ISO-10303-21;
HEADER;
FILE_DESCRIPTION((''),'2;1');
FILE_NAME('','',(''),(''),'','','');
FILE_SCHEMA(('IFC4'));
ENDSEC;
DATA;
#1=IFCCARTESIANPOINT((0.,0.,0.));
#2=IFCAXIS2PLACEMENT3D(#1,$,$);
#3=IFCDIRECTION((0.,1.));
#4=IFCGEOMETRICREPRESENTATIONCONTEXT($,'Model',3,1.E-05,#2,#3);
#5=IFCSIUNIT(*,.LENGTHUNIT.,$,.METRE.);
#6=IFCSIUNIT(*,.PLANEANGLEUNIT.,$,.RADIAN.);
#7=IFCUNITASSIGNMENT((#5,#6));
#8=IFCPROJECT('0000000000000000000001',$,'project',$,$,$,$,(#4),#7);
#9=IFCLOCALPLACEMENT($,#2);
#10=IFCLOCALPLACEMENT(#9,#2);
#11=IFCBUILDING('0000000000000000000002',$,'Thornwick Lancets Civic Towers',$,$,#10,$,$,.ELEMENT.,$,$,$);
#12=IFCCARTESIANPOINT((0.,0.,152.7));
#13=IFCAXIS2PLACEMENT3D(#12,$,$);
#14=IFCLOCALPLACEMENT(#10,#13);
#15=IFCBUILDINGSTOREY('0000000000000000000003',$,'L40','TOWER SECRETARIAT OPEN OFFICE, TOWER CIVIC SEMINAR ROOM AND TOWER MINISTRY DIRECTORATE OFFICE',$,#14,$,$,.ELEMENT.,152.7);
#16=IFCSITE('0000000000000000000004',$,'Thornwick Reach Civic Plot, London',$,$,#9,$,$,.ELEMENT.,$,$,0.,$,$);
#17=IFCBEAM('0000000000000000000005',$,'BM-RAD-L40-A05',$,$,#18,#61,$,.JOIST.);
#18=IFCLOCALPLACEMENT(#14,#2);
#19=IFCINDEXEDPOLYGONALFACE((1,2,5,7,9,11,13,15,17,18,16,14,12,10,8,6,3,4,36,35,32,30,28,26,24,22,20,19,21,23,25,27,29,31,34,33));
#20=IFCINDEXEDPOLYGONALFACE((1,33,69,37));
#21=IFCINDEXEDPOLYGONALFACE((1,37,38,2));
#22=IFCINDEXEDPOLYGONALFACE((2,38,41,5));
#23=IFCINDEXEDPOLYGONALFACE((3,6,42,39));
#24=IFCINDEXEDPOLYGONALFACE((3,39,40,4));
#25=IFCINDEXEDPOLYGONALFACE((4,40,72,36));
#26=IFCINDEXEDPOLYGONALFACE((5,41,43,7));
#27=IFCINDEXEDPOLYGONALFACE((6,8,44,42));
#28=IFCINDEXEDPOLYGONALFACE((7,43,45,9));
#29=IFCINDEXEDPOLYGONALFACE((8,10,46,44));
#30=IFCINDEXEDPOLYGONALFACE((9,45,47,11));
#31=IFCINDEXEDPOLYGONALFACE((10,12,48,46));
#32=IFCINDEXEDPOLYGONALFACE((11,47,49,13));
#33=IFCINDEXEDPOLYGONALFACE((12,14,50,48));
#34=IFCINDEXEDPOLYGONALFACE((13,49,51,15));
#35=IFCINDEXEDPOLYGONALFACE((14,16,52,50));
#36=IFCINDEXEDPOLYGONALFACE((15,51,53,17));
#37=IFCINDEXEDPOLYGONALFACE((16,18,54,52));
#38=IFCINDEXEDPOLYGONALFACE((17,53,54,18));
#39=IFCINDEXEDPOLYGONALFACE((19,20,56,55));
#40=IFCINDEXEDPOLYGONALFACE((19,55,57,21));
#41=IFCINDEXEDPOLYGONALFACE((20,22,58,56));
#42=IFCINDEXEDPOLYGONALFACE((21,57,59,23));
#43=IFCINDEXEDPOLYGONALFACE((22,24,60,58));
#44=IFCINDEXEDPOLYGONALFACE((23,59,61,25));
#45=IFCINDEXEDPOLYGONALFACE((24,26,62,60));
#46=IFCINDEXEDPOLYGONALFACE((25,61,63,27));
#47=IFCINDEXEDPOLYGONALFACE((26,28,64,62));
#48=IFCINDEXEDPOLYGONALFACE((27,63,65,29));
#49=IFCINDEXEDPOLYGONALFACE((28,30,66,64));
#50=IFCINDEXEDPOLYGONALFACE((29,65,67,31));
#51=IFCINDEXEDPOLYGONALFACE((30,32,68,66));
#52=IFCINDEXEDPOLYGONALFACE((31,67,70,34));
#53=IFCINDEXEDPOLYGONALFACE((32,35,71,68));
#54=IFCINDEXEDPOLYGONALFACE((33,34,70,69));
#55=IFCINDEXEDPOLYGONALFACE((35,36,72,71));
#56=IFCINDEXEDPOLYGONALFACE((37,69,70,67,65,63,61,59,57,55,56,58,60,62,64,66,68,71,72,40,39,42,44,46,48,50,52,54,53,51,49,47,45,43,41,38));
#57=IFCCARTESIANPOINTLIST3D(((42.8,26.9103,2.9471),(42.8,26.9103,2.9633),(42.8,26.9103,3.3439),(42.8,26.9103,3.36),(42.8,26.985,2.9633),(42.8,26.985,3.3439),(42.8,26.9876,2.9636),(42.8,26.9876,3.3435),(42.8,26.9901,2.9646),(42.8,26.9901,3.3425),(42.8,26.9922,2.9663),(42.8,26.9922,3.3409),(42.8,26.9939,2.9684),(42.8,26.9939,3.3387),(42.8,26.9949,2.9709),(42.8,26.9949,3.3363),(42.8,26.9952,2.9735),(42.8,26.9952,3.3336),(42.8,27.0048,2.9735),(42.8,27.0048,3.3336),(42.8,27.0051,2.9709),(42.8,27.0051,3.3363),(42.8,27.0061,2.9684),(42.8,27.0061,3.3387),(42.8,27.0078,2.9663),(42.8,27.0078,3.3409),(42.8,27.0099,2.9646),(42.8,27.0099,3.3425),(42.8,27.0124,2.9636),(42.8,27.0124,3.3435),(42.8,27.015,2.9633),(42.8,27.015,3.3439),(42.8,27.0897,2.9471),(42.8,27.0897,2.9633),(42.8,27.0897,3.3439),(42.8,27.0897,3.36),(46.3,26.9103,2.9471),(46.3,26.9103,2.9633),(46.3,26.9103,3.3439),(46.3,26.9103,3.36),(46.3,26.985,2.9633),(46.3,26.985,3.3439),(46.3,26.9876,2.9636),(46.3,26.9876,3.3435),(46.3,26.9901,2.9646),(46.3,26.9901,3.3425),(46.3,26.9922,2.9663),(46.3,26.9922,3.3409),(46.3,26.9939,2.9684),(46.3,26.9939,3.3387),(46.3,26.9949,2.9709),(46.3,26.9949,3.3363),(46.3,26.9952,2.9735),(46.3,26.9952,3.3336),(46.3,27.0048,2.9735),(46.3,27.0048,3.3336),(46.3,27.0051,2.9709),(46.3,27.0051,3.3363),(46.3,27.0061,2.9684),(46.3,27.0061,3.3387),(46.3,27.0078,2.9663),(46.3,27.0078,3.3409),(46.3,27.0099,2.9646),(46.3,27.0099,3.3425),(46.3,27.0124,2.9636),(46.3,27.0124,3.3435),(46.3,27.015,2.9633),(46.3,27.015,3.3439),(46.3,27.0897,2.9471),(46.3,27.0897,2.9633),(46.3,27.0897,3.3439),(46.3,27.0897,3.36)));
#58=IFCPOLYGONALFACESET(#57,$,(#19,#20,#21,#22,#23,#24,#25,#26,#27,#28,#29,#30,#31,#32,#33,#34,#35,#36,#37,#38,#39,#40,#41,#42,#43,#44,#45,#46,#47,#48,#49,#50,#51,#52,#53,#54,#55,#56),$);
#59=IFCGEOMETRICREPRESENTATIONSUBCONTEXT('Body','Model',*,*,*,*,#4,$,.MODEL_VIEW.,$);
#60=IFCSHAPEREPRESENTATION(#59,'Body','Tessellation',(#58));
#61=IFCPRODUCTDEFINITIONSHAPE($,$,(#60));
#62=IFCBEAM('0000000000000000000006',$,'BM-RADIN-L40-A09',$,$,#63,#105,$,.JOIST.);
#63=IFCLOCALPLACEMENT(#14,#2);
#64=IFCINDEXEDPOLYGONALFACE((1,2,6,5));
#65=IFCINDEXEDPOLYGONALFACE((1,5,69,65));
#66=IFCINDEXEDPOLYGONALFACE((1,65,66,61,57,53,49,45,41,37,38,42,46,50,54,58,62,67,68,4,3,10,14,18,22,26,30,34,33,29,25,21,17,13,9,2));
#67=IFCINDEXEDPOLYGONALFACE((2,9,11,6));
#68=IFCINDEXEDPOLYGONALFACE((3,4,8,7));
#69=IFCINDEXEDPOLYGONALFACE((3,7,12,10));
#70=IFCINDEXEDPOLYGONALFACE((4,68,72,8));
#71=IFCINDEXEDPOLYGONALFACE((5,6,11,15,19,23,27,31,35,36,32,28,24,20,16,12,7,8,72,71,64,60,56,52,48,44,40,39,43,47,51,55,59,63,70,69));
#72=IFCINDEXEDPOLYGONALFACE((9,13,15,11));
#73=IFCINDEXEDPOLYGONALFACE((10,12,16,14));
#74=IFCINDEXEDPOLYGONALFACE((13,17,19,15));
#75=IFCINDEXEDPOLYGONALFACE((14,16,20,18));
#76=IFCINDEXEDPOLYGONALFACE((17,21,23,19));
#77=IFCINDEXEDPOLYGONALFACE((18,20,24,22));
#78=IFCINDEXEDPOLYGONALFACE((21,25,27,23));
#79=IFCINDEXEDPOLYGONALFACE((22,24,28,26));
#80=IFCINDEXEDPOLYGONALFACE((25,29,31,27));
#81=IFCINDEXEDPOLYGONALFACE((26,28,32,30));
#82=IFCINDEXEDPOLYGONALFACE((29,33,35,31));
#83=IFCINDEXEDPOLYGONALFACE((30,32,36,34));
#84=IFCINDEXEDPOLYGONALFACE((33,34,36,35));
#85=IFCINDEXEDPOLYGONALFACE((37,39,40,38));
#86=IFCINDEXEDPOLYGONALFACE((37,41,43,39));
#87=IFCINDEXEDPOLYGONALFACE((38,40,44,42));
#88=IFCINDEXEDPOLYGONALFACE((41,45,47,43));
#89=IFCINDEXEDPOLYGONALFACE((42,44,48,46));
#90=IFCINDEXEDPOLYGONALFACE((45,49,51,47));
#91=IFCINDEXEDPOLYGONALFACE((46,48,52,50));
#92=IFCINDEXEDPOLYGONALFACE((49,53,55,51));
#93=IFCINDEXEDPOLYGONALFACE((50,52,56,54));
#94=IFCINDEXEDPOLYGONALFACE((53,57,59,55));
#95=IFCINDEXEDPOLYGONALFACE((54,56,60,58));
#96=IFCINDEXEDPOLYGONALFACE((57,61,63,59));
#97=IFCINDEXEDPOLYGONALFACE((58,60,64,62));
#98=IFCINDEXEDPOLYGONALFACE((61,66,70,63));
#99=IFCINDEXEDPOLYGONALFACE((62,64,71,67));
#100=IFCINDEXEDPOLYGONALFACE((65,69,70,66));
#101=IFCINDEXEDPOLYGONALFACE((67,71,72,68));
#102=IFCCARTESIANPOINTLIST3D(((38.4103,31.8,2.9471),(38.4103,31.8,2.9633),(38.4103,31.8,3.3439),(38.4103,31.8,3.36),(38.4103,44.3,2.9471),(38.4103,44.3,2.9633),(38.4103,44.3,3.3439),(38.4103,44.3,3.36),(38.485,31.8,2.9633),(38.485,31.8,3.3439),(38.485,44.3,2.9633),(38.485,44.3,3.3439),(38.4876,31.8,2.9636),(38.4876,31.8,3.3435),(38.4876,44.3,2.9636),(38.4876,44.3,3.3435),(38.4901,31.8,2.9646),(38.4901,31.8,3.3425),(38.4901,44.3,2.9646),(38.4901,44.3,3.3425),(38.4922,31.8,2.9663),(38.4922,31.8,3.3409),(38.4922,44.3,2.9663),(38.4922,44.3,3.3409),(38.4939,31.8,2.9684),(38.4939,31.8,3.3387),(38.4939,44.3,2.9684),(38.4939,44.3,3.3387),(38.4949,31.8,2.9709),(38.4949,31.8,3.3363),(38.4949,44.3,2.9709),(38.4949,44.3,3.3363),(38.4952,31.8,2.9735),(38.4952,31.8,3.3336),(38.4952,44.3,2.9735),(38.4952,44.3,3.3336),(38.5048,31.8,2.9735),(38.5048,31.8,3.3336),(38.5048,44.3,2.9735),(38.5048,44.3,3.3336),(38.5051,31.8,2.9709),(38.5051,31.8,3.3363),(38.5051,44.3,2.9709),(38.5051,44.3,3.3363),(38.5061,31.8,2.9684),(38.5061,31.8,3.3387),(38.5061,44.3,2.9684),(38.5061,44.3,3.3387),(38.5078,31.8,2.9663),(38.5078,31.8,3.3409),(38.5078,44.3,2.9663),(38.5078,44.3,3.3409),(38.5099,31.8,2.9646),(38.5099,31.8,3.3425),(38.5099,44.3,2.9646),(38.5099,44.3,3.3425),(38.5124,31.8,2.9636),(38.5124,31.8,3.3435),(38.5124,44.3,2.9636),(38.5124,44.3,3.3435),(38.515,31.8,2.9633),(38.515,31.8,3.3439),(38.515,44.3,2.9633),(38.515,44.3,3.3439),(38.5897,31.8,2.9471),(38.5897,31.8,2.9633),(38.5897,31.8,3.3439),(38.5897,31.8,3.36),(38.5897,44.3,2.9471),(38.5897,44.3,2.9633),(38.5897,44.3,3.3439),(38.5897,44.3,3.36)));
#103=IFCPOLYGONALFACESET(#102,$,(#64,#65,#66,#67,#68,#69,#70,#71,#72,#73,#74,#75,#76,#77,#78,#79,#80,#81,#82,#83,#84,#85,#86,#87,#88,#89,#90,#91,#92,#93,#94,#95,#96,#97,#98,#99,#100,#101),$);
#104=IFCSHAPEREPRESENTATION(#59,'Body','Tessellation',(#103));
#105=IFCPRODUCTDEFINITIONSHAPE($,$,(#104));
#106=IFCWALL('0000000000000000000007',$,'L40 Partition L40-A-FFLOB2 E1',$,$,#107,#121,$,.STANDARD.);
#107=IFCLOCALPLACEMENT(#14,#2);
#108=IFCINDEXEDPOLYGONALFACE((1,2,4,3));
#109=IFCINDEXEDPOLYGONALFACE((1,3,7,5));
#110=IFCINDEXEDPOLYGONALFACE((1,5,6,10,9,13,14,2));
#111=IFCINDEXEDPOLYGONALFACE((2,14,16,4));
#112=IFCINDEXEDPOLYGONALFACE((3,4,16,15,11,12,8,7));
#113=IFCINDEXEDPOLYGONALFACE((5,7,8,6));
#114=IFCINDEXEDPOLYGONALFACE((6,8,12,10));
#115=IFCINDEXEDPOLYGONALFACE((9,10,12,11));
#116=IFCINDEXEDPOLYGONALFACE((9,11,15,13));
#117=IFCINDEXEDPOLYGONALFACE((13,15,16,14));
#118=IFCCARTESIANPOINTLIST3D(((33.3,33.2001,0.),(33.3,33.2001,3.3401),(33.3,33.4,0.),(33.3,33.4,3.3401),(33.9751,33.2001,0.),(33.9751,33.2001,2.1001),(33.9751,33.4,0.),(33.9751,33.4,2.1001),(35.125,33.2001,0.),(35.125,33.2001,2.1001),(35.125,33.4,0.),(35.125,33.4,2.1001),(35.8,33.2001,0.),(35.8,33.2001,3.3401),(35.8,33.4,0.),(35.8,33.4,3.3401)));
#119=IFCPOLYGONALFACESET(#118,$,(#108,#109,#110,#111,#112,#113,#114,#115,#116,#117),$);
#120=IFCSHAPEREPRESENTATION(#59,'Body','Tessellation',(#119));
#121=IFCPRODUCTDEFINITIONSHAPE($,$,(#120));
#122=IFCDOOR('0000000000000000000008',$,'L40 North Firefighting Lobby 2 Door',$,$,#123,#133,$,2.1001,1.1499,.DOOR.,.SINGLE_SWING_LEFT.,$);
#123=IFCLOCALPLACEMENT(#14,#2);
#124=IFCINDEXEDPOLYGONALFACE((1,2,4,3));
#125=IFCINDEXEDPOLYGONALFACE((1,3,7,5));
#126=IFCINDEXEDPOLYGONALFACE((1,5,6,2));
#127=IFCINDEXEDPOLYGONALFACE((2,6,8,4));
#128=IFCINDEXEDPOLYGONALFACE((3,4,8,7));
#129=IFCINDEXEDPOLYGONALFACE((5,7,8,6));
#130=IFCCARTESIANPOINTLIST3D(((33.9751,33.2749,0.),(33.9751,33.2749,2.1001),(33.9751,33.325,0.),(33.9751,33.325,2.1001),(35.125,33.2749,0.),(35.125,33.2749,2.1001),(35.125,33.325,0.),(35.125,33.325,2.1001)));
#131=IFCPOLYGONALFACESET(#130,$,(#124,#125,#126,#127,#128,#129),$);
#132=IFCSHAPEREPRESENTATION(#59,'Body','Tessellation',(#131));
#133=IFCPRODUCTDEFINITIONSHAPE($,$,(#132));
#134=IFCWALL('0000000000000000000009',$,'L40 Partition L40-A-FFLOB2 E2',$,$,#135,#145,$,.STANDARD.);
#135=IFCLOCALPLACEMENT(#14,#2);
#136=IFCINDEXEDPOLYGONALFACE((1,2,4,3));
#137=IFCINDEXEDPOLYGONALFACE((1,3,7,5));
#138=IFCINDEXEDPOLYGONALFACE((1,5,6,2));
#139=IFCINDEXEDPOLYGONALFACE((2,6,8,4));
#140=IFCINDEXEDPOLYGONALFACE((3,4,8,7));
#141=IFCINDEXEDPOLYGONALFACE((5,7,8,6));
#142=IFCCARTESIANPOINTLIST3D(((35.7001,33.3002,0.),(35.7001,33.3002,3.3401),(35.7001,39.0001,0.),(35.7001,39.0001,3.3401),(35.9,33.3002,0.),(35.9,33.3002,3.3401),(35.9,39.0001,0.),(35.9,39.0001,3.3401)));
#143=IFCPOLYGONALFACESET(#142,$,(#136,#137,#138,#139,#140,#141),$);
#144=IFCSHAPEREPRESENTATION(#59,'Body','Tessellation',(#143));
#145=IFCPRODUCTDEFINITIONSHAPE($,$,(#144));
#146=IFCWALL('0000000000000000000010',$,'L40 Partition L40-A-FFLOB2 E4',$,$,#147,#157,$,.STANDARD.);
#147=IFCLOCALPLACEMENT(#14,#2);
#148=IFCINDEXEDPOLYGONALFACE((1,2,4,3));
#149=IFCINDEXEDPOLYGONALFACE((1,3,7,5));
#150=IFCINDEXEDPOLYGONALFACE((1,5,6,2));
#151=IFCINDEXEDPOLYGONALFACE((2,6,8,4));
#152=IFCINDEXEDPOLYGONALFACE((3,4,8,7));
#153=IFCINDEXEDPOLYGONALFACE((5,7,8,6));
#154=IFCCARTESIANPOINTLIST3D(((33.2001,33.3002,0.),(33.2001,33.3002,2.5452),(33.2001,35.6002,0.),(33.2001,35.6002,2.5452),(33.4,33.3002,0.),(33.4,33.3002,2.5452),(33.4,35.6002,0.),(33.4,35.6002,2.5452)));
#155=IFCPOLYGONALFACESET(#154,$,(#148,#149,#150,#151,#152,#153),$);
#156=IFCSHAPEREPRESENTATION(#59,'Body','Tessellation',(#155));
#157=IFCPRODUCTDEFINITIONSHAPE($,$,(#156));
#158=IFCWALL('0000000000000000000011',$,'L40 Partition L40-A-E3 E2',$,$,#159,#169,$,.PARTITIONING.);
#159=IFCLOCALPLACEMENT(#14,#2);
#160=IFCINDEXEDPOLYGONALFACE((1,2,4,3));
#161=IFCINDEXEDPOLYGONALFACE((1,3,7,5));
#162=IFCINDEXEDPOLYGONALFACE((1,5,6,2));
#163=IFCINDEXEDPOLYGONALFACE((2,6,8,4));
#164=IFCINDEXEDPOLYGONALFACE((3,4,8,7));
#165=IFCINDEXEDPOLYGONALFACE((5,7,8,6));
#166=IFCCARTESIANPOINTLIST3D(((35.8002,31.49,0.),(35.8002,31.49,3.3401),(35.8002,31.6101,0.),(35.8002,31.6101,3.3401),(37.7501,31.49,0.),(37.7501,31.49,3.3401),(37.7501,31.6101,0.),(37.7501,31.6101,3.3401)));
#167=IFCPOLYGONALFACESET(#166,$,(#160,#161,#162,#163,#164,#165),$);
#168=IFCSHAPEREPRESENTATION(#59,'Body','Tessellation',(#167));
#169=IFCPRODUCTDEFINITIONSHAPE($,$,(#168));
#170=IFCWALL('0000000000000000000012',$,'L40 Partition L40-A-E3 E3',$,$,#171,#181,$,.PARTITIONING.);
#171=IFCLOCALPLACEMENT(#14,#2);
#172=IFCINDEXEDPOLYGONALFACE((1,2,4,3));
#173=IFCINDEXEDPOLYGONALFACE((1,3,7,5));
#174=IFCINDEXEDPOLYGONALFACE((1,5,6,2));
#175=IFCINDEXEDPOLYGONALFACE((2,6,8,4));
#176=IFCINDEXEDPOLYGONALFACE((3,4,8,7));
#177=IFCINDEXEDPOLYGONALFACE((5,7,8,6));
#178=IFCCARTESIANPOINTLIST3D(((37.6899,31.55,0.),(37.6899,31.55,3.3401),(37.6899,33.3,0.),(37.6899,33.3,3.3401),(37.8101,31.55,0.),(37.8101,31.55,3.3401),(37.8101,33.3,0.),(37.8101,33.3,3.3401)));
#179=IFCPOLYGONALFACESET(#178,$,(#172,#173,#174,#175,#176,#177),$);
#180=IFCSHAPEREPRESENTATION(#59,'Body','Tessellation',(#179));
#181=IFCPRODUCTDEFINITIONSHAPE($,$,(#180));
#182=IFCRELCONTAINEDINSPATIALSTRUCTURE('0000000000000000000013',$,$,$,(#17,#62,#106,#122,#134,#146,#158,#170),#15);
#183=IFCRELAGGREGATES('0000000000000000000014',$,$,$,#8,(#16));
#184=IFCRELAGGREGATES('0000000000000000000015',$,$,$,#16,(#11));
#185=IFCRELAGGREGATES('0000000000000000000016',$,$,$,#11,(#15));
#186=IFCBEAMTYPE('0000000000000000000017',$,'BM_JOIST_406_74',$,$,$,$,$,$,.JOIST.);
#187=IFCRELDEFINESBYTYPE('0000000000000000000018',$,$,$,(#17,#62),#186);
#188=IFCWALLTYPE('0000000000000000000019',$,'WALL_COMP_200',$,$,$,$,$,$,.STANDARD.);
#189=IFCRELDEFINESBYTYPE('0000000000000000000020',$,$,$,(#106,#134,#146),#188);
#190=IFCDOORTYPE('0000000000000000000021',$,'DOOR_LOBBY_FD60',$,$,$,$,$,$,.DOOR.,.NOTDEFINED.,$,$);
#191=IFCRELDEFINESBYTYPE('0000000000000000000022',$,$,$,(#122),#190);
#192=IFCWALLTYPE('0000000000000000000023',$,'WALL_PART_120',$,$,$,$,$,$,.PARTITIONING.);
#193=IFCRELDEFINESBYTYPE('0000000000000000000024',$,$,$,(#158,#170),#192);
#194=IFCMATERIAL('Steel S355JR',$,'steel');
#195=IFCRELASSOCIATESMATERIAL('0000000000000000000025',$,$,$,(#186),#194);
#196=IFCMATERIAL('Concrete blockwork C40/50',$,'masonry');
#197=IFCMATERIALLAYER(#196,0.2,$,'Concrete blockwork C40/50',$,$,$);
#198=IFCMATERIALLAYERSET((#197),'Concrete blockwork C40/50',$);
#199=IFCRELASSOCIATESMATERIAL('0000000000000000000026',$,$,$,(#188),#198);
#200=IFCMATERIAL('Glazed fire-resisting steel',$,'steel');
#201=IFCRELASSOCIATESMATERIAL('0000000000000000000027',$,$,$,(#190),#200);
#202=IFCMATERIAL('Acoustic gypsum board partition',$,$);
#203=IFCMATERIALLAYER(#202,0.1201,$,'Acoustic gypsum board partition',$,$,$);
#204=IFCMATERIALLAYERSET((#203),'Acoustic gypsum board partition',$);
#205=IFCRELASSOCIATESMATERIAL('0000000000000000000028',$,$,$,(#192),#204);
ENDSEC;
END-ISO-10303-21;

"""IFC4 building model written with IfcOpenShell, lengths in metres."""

from ifc_helpers import new_model, si_unit, direction, frame, frame_2d, origin, origin_2d, place, context, subcontext, project, spatial, rectangle, i_section, extrude, material, layer, layer_set, material_profile, profile_set, type_object, element, fill, save


model = new_model("IFC4")

# Units and contexts
model_context = context("Model", 3, precision=1e-05, world=origin(), true_north=direction((0.0, 1.0)))
body_context = subcontext(model_context, "Body", "Model", "MODEL_VIEW")
ifc_project = project(units=[si_unit("LENGTHUNIT", "METRE"), si_unit("PLANEANGLEUNIT", "RADIAN")], contexts=[model_context])

# Site, building, storey
site_placement = place(None, origin())
site = spatial("IfcSite", under=ifc_project, at=site_placement, Name="Thornwick Reach Civic Plot, London", CompositionType="ELEMENT", RefElevation=0.0)
building_placement = place(site_placement, origin())
building = spatial("IfcBuilding", under=site, at=building_placement, Name="Thornwick Lancets Civic Towers", CompositionType="ELEMENT")
storey_placement = place(building_placement, frame((0.0, 0.0, 152.7)))
storey = spatial("IfcBuildingStorey", under=building, at=storey_placement, Name="L40", Description="TOWER SECRETARIAT OPEN OFFICE, TOWER CIVIC SEMINAR ROOM AND TOWER MINISTRY DIRECTORATE OFFICE", CompositionType="ELEMENT", Elevation=152.7)

# Beams
ifc_material_1 = material(Name="Steel S355JR", Category="steel")
ifc_material_profile_1 = material_profile(ifc_material_1, i_section(OverallWidth=0.1794, OverallDepth=0.4128, WebThickness=0.0095, FlangeThickness=0.0161, FilletRadius=0.0103, at=origin_2d()), Name="UKB 406x178x74")
ifc_profile_set_1 = profile_set([ifc_material_profile_1], Name="Steel S355JR")
beam_type_1 = type_object("IfcBeamType", Name="BM_JOIST_406_74", PredefinedType="JOIST", material=ifc_profile_set_1)
beam_1_placement = place(storey_placement, frame((42.8, 27.0, 3.1536), z_axis=(1.0, 0.0, 0.0), x_axis=(0.0, 1.0, 0.0)))
element("IfcBeam", 1, at=beam_1_placement, inside=storey, type_object=beam_type_1, Name="BM-RAD-L40-A05", PredefinedType="JOIST", context=body_context, shape_type="SweptSolid", body=[
    extrude(i_section(OverallWidth=0.1794, OverallDepth=0.4128, WebThickness=0.0095, FlangeThickness=0.0161, FilletRadius=0.0103, at=origin_2d()), origin(), (0.0, 0.0, 1.0), 3.5),
])
beam_2_placement = place(storey_placement, frame((38.5, 31.8, 3.1536), z_axis=(0.0, 1.0, 0.0), x_axis=(-1.0, 0.0, 0.0)))
element("IfcBeam", 2, at=beam_2_placement, inside=storey, type_object=beam_type_1, Name="BM-RADIN-L40-A09", PredefinedType="JOIST", context=body_context, shape_type="SweptSolid", body=[
    extrude(i_section(OverallWidth=0.1794, OverallDepth=0.4128, WebThickness=0.0095, FlangeThickness=0.0161, FilletRadius=0.0103, at=origin_2d()), origin(), (0.0, 0.0, 1.0), 12.5),
])

# Wall, opening, door
ifc_material_2 = material(Name="Concrete blockwork C40/50", Category="masonry")
ifc_layer_1 = layer(ifc_material_2, 0.2, Name="Concrete blockwork C40/50")
ifc_layer_set_1 = layer_set([ifc_layer_1], Name="Concrete blockwork C40/50")
wall_type_1 = type_object("IfcWallType", Name="WALL_COMP_200", PredefinedType="STANDARD", material=ifc_layer_set_1)
wall_1_placement = place(storey_placement, frame((33.3, 33.3, 0.0), z_axis=(0.0, 0.0, 1.0), x_axis=(1.0, 0.0, 0.0)))
wall_1 = element("IfcWall", 3, at=wall_1_placement, inside=storey, type_object=wall_type_1, Name="L40 Partition L40-A-FFLOB2 E1", PredefinedType="STANDARD", context=body_context, shape_type="SweptSolid", body=[
    extrude(rectangle(XDim=2.5, YDim=0.2, at=frame_2d((1.25, 0.0))), origin(), (0.0, 0.0, 1.0), 3.3401),
])
opening_1_placement = place(wall_1_placement, frame((0.675, 0.0, 0.0)))
opening_1 = element("IfcOpeningElement", 4, at=opening_1_placement, cuts=wall_1, PredefinedType="OPENING", context=body_context, shape_type="SweptSolid", body=[
    extrude(rectangle(XDim=1.1499, YDim=2.1001, at=frame_2d((0.575, 1.05))), frame((0.0, 0.1099, 0.0), z_axis=(0.0, -1.0, 0.0), x_axis=(1.0, 0.0, 0.0)), (0.0, 0.0, 1.0), 0.22),
])
ifc_material_3 = material(Name="Glazed fire-resisting steel", Category="steel")
door_type_1 = type_object("IfcDoorType", Name="DOOR_LOBBY_FD60", OperationType="NOTDEFINED", PredefinedType="DOOR", material=ifc_material_3)
door_1_placement = place(opening_1_placement, origin())
door_1 = element("IfcDoor", 5, at=door_1_placement, inside=storey, type_object=door_type_1, Name="L40 North Firefighting Lobby 2 Door", OperationType="SINGLE_SWING_LEFT", OverallHeight=2.1001, OverallWidth=1.1499, PredefinedType="DOOR", context=body_context, shape_type="SweptSolid", body=[
    extrude(rectangle(XDim=1.1499, YDim=2.1001, at=frame_2d((0.575, 1.05))), frame((0.0, 0.0249, 0.0), z_axis=(0.0, -1.0, 0.0), x_axis=(1.0, 0.0, 0.0)), (0.0, 0.0, 1.0), 0.05),
])
fill(opening_1, door_1)

# Walls
wall_2_placement = place(storey_placement, frame((35.8, 33.3, 0.0), z_axis=(0.0, 0.0, 1.0), x_axis=(0.0, 1.0, 0.0)))
element("IfcWall", 6, at=wall_2_placement, inside=storey, type_object=wall_type_1, Name="L40 Partition L40-A-FFLOB2 E2", PredefinedType="STANDARD", context=body_context, shape_type="SweptSolid", body=[
    extrude(rectangle(XDim=5.7, YDim=0.2, at=frame_2d((2.8501, 0.0))), origin(), (0.0, 0.0, 1.0), 3.3401),
])
wall_3_placement = place(storey_placement, frame((33.3, 35.6001, 0.0), z_axis=(0.0, 0.0, 1.0), x_axis=(0.0, -1.0, 0.0)))
element("IfcWall", 7, at=wall_3_placement, inside=storey, type_object=wall_type_1, Name="L40 Partition L40-A-FFLOB2 E4", PredefinedType="STANDARD", context=body_context, shape_type="SweptSolid", body=[
    extrude(rectangle(XDim=2.3, YDim=0.2, at=frame_2d((1.1499, 0.0))), origin(), (0.0, 0.0, 1.0), 2.5452),
])
ifc_material_4 = material(Name="Acoustic gypsum board partition")
ifc_layer_2 = layer(ifc_material_4, 0.1201, Name="Acoustic gypsum board partition")
ifc_layer_set_2 = layer_set([ifc_layer_2], Name="Acoustic gypsum board partition")
wall_type_2 = type_object("IfcWallType", Name="WALL_PART_120", PredefinedType="PARTITIONING", material=ifc_layer_set_2)
wall_4_placement = place(storey_placement, frame((35.8, 31.55, 0.0), z_axis=(0.0, 0.0, 1.0), x_axis=(1.0, 0.0, 0.0)))
element("IfcWall", 8, at=wall_4_placement, inside=storey, type_object=wall_type_2, Name="L40 Partition L40-A-E3 E2", PredefinedType="PARTITIONING", context=body_context, shape_type="SweptSolid", body=[
    extrude(rectangle(XDim=1.95, YDim=0.1201, at=frame_2d((0.9751, 0.0))), origin(), (0.0, 0.0, 1.0), 3.3401),
])
wall_5_placement = place(storey_placement, frame((37.75, 31.55, 0.0), z_axis=(0.0, 0.0, 1.0), x_axis=(0.0, 1.0, 0.0)))
element("IfcWall", 9, at=wall_5_placement, inside=storey, type_object=wall_type_2, Name="L40 Partition L40-A-E3 E3", PredefinedType="PARTITIONING", context=body_context, shape_type="SweptSolid", body=[
    extrude(rectangle(XDim=1.75, YDim=0.1201, at=frame_2d((0.875, 0.0))), origin(), (0.0, 0.0, 1.0), 3.3401),
])

save(model, "model.ifc")
